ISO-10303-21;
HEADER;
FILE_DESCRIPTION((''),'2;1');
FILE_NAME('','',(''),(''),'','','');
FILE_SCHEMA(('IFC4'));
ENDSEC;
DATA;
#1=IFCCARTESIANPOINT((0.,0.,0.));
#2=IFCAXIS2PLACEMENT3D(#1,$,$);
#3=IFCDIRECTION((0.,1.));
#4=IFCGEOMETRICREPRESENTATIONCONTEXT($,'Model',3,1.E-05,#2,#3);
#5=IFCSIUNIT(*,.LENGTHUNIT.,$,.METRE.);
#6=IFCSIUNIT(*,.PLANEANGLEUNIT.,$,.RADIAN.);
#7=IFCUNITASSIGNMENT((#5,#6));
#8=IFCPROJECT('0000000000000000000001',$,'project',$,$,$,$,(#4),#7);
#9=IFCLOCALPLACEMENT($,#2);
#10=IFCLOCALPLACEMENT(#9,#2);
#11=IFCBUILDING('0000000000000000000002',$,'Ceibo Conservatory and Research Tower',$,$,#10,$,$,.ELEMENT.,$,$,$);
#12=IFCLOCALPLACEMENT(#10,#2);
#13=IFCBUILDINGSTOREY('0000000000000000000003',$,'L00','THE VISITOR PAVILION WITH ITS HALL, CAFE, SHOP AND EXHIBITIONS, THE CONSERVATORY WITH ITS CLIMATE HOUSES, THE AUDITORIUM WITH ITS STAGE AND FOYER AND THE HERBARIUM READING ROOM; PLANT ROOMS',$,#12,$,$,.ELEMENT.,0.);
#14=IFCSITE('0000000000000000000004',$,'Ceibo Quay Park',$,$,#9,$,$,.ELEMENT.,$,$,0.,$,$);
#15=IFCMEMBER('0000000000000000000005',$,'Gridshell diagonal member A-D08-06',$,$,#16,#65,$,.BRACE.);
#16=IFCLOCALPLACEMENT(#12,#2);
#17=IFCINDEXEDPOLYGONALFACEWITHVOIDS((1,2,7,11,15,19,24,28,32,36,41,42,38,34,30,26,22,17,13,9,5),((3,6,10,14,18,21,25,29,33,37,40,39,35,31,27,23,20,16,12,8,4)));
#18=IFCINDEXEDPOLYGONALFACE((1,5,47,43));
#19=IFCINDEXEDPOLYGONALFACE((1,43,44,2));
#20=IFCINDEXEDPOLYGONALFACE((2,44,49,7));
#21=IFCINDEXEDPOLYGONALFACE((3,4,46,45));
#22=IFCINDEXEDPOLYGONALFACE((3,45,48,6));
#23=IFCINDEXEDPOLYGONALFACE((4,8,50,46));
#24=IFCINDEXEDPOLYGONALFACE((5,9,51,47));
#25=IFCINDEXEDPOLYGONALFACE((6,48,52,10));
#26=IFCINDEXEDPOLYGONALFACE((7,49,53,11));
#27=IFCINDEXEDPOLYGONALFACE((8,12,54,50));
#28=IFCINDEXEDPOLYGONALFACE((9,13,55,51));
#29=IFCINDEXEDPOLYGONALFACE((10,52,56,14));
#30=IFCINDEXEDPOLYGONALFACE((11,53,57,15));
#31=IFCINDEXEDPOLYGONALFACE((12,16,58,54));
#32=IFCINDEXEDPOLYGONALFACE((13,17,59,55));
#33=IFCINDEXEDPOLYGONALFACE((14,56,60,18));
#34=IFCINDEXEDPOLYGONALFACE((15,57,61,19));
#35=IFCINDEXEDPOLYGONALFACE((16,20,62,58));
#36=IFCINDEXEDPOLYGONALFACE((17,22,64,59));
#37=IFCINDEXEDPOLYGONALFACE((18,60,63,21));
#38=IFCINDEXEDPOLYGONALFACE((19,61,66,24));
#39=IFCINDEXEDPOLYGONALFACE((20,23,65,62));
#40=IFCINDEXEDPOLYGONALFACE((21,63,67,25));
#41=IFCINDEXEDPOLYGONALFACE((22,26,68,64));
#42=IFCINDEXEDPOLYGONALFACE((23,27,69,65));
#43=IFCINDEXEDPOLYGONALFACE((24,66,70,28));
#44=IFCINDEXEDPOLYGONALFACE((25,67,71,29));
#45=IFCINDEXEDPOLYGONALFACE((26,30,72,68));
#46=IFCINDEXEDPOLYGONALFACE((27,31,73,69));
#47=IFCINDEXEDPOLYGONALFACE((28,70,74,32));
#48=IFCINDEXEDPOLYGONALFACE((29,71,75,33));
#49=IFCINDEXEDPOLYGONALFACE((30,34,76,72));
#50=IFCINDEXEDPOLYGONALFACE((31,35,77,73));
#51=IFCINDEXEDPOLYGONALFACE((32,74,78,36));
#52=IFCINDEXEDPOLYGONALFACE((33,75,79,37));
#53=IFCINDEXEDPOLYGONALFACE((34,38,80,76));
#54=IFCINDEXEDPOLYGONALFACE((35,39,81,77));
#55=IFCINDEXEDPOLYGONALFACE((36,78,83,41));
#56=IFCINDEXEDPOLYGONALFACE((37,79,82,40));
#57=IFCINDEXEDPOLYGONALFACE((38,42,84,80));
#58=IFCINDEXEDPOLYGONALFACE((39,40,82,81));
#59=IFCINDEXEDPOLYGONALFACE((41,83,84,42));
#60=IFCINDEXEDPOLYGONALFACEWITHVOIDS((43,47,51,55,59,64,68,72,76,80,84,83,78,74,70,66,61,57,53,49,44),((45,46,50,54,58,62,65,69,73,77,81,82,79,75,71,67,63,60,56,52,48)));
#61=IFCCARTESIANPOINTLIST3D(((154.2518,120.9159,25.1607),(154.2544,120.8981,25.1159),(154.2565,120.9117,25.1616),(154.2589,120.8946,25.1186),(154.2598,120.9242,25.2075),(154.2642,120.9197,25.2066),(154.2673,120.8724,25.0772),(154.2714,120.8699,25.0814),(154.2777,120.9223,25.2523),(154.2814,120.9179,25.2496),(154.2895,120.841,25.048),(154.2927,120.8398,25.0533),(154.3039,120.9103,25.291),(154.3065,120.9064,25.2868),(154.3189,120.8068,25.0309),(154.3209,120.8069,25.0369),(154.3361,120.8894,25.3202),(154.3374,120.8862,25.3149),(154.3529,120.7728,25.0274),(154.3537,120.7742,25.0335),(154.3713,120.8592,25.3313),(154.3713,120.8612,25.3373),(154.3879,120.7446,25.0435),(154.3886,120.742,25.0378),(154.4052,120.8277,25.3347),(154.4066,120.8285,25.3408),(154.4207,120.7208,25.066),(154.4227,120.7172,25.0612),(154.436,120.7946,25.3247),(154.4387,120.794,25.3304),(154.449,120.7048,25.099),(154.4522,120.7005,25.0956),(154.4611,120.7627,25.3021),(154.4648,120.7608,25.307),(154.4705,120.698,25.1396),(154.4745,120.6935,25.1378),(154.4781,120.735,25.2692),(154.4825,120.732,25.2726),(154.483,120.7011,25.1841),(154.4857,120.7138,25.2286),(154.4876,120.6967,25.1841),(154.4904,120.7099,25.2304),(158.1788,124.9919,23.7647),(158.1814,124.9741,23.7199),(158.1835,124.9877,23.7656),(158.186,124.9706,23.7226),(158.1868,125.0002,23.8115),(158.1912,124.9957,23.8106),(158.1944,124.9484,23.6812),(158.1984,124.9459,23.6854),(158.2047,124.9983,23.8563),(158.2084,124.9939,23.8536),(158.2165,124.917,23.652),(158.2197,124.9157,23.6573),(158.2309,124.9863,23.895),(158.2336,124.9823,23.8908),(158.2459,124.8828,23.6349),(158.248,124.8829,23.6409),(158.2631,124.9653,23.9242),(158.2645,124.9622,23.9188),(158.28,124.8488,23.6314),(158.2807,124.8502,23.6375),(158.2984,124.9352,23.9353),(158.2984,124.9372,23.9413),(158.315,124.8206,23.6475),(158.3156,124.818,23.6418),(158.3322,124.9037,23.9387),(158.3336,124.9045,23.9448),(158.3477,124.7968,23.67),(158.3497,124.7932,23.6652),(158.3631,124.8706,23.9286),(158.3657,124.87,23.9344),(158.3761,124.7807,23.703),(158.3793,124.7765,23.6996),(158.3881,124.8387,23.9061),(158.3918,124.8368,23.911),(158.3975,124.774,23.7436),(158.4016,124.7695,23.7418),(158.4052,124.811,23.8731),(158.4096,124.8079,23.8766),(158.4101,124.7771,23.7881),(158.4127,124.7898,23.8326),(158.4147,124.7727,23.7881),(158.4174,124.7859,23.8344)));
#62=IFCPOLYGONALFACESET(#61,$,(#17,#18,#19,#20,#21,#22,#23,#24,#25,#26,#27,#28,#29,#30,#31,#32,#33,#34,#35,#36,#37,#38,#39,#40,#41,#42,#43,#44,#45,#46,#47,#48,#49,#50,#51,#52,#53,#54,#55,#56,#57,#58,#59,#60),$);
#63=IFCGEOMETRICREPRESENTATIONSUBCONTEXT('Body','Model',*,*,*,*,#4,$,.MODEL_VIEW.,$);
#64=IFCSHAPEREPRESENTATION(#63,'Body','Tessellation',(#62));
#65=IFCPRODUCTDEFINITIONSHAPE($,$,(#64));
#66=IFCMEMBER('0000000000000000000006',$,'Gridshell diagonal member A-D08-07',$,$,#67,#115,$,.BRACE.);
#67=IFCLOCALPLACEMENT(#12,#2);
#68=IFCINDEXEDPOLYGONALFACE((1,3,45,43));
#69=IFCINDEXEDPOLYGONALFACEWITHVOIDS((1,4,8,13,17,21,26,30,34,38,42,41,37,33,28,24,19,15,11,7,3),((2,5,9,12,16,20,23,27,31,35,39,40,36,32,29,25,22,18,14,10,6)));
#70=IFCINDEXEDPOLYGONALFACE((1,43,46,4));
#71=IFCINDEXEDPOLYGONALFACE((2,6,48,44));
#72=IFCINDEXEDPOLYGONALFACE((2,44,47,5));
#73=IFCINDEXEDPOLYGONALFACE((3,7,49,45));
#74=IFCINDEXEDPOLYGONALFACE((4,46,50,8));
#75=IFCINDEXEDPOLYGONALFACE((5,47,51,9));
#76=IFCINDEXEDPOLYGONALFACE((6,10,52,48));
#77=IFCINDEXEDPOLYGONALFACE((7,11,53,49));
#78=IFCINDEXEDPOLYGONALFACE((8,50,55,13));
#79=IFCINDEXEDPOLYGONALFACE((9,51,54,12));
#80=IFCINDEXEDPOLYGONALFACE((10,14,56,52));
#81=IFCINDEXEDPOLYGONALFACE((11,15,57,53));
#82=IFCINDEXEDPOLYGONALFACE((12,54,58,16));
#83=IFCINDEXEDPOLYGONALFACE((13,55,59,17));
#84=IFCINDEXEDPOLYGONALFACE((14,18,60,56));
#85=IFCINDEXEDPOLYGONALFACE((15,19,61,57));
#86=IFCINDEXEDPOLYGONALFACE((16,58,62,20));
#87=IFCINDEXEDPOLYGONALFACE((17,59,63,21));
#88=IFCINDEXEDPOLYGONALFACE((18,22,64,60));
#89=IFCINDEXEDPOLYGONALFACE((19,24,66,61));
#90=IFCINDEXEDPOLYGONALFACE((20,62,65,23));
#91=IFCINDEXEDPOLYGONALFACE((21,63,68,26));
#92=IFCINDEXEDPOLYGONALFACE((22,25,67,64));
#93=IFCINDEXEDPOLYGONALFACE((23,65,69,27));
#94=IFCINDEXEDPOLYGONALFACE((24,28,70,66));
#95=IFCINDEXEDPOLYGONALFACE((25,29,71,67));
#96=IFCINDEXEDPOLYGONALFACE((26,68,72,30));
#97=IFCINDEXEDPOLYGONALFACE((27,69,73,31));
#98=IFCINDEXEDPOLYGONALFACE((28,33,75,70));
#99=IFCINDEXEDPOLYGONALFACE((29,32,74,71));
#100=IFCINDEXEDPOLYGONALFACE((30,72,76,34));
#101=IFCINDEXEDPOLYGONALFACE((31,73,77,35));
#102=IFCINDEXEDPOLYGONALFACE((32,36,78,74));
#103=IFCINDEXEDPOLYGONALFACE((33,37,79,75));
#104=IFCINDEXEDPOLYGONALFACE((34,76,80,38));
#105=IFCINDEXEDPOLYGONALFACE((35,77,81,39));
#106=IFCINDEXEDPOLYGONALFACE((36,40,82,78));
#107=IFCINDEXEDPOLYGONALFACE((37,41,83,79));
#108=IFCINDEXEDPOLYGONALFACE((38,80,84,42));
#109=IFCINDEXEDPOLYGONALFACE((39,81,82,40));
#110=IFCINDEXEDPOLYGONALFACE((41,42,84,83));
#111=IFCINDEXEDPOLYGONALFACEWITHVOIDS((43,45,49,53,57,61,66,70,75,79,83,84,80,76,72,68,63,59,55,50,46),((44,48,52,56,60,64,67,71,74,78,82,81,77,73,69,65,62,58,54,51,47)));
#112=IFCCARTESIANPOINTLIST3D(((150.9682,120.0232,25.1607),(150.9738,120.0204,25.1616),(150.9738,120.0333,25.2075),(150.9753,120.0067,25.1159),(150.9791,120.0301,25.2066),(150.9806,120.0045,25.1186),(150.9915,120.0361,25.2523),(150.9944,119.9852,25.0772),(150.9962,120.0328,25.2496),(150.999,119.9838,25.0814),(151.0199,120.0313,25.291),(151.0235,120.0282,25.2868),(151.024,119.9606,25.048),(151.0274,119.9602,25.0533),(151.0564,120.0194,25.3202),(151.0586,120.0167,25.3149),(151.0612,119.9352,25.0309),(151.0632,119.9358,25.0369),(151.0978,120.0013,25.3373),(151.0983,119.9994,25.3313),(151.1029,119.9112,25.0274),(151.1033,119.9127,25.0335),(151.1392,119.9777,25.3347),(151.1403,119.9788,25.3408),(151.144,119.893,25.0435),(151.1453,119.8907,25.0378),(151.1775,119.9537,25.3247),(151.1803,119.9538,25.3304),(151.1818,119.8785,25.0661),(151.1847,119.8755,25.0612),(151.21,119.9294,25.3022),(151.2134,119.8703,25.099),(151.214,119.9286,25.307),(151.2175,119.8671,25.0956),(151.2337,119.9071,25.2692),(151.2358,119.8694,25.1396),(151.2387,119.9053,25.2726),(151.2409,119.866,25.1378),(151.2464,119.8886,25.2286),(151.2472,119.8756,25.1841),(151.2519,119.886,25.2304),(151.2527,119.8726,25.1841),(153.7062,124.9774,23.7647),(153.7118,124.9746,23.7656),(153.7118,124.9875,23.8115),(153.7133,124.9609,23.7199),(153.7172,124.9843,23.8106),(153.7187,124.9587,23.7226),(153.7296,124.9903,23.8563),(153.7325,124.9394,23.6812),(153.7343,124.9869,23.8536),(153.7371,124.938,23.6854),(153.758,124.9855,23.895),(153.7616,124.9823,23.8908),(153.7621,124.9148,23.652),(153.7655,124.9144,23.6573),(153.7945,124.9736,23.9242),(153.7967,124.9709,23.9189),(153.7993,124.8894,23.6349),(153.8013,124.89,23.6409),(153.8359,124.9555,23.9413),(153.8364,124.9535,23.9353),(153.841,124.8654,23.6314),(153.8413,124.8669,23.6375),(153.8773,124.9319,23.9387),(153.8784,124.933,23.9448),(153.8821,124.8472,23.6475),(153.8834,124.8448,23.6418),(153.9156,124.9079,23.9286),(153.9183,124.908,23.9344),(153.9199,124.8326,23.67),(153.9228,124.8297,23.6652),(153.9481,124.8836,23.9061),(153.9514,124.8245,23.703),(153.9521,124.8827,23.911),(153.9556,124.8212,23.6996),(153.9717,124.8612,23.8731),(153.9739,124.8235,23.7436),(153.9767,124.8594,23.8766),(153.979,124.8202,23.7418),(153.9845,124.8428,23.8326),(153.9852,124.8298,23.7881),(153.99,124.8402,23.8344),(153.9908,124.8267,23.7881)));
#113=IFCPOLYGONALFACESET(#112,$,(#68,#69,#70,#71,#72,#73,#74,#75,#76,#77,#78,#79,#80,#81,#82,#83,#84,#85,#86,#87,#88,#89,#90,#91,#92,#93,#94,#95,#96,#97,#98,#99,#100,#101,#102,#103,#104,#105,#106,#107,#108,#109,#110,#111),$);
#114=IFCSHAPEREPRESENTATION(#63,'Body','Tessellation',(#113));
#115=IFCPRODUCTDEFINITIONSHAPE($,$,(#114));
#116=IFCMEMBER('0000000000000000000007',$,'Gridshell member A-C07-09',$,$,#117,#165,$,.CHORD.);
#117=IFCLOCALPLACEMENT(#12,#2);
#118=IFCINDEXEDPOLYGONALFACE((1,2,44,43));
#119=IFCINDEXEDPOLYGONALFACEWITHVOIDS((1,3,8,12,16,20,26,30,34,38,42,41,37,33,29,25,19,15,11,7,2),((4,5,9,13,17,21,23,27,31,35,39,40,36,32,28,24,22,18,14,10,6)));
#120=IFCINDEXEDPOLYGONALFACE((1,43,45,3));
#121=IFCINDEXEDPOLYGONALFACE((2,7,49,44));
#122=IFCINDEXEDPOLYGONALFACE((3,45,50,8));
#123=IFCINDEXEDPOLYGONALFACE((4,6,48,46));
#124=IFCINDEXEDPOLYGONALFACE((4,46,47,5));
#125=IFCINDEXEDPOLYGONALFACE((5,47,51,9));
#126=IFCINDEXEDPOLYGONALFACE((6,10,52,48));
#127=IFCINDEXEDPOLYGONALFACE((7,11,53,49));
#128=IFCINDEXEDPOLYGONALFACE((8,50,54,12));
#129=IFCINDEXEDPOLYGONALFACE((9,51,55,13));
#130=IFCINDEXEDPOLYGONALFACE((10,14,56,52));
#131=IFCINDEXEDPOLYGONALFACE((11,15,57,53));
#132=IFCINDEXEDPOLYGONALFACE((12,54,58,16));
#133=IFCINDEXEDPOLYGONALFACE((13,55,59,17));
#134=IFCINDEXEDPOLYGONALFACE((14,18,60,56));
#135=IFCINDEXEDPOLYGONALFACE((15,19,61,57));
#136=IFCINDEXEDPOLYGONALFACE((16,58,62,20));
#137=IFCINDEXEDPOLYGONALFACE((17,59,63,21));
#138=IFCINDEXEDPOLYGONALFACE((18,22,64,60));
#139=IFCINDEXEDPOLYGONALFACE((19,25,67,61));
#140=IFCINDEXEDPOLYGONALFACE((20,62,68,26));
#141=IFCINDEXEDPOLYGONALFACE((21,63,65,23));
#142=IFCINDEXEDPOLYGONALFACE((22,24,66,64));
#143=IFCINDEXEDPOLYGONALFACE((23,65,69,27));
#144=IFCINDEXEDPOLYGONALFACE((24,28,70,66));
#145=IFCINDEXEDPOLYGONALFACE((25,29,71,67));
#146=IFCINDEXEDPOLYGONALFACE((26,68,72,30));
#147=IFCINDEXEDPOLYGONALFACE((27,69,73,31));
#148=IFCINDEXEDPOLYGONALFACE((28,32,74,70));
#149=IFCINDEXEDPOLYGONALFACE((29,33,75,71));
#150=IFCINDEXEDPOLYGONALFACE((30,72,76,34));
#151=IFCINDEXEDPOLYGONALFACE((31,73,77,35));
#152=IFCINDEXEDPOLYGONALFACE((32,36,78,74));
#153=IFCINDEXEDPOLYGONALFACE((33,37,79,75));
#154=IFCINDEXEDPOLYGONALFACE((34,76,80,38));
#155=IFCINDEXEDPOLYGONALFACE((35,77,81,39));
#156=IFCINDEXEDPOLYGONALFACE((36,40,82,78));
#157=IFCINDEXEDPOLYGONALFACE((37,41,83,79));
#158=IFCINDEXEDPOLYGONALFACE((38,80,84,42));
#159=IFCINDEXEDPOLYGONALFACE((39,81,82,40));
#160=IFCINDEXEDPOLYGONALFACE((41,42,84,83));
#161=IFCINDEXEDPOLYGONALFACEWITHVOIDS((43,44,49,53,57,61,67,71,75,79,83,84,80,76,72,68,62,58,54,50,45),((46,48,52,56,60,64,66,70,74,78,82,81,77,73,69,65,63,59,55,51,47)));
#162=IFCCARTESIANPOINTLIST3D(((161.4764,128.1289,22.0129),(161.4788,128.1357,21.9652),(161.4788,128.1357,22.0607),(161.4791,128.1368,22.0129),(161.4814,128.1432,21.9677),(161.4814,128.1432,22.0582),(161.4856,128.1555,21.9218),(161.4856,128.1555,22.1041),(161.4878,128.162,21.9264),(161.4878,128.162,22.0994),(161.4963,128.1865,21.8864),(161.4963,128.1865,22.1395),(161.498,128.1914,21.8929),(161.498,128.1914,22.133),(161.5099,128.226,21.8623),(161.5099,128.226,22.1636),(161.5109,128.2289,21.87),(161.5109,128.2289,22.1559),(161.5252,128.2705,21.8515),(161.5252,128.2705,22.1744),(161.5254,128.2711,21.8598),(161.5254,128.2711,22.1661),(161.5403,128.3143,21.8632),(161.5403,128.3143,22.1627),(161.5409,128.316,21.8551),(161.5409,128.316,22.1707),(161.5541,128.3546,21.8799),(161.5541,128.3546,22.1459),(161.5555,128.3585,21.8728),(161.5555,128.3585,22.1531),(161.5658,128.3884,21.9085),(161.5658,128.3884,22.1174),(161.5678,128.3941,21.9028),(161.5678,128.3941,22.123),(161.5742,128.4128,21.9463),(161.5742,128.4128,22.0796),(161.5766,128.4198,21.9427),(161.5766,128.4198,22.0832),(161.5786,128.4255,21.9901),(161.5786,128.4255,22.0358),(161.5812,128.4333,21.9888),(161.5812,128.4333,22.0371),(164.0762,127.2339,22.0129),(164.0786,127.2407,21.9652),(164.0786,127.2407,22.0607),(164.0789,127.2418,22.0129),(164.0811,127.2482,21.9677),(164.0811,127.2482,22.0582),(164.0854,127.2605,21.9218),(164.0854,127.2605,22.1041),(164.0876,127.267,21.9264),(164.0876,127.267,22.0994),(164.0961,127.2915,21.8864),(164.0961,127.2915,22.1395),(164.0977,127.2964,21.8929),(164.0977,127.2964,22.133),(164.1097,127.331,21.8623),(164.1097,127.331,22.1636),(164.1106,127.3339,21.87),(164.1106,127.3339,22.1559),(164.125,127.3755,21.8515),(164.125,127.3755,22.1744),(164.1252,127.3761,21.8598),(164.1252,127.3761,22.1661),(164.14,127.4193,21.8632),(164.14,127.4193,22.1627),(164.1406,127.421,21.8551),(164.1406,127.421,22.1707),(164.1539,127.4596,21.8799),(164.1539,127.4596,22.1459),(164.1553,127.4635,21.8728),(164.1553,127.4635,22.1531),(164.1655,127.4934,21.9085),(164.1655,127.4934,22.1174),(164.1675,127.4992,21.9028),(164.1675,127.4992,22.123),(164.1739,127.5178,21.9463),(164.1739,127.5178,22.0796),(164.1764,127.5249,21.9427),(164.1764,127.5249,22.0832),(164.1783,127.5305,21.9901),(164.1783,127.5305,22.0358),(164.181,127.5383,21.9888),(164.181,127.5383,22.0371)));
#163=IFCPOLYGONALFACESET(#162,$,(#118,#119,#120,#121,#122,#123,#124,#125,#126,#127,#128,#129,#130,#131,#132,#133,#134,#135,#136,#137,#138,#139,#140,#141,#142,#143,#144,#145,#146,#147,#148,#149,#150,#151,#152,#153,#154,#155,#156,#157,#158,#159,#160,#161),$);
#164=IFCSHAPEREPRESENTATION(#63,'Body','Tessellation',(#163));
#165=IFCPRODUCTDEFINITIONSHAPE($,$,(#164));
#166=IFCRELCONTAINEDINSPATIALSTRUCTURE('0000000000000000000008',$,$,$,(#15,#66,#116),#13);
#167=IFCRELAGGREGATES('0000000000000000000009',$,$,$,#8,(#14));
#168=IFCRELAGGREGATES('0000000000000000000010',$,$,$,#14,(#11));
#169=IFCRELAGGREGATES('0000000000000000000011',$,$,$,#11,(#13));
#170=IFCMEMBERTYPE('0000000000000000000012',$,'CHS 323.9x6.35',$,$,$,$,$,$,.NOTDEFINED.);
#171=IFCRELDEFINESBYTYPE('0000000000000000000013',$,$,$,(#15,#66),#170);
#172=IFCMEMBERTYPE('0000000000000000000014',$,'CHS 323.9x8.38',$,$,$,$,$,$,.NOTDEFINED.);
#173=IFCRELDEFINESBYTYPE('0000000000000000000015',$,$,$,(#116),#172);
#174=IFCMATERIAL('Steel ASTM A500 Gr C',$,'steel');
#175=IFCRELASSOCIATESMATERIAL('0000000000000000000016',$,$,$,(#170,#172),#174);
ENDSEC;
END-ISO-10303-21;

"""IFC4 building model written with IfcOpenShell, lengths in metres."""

from ifc_helpers import new_model, si_unit, direction, frame, origin, origin_2d, place, context, subcontext, project, spatial, hollow_circle, extrude, material, material_profile, profile_set, type_object, element, save


model = new_model("IFC4")

# Units and contexts
model_context = context("Model", 3, precision=1e-05, world=origin(), true_north=direction((0.0, 1.0)))
body_context = subcontext(model_context, "Body", "Model", "MODEL_VIEW")
ifc_project = project(units=[si_unit("LENGTHUNIT", "METRE"), si_unit("PLANEANGLEUNIT", "RADIAN")], contexts=[model_context])

# Site, building, storey
site_placement = place(None, origin())
site = spatial("IfcSite", under=ifc_project, at=site_placement, Name="Ceibo Quay Park", CompositionType="ELEMENT", RefElevation=0.0)
building_placement = place(site_placement, origin())
building = spatial("IfcBuilding", under=site, at=building_placement, Name="Ceibo Conservatory and Research Tower", CompositionType="ELEMENT")
storey_placement = place(building_placement, origin())
storey = spatial("IfcBuildingStorey", under=building, at=storey_placement, Name="L00", Description="THE VISITOR PAVILION WITH ITS HALL, CAFE, SHOP AND EXHIBITIONS, THE CONSERVATORY WITH ITS CLIMATE HOUSES, THE AUDITORIUM WITH ITS STAGE AND FOYER AND THE HERBARIUM READING ROOM; PLANT ROOMS", CompositionType="ELEMENT", Elevation=0.0)

# Members
ifc_material_1 = material(Name="Steel ASTM A500 Gr C", Category="steel")
ifc_material_profile_1 = material_profile(ifc_material_1, hollow_circle(Radius=0.1619, WallThickness=0.0063, at=origin_2d()), Name="CHS 323.9x6.35")
ifc_profile_set_1 = profile_set([ifc_material_profile_1], Name="Steel ASTM A500 Gr C")
member_type_1 = type_object("IfcMemberType", Name="CHS 323.9x6.35", PredefinedType="NOTDEFINED", material=ifc_profile_set_1)
member_1_placement = place(storey_placement, frame((158.2981, 124.885, 23.7881), z_axis=(-0.67364, -0.699187, 0.23947), x_axis=(0.720141, -0.693828, 0.0)))
element("IfcMember", 1, at=member_1_placement, inside=storey, type_object=member_type_1, Name="Gridshell diagonal member A-D08-06", PredefinedType="BRACE", context=body_context, shape_type="SweptSolid", body=[
    extrude(hollow_circle(Radius=0.1619, WallThickness=0.0063, at=origin_2d()), origin(), (0.0, 0.0, 1.0), 5.8296),
])
member_2_placement = place(storey_placement, frame((153.8491, 124.905, 23.7881), z_axis=(-0.469647, -0.849762, 0.239451), x_axis=(0.875223, -0.483719, 0.0)))
element("IfcMember", 2, at=member_2_placement, inside=storey, type_object=member_type_1, Name="Gridshell diagonal member A-D08-07", PredefinedType="BRACE", context=body_context, shape_type="SweptSolid", body=[
    extrude(hollow_circle(Radius=0.1619, WallThickness=0.0063, at=origin_2d()), origin(), (0.0, 0.0, 1.0), 5.8301),
])
ifc_material_profile_2 = material_profile(ifc_material_1, hollow_circle(Radius=0.1619, WallThickness=0.0083, at=origin_2d()), Name="CHS 323.9x8.38")
ifc_profile_set_2 = profile_set([ifc_material_profile_2], Name="Steel ASTM A500 Gr C")
member_type_2 = type_object("IfcMemberType", Name="CHS 323.9x8.38", PredefinedType="NOTDEFINED", material=ifc_profile_set_2)
member_3_placement = place(storey_placement, frame((164.1289, 127.387, 22.0129), z_axis=(-0.945539, 0.325509, 0.0), x_axis=(-0.325509, -0.945539, 0.0)))
element("IfcMember", 3, at=member_3_placement, inside=storey, type_object=member_type_2, Name="Gridshell member A-C07-09", PredefinedType="CHORD", context=body_context, shape_type="SweptSolid", body=[
    extrude(hollow_circle(Radius=0.1619, WallThickness=0.0083, at=origin_2d()), origin(), (0.0, 0.0, 1.0), 2.7495),
])

save(model, "model.ifc")
